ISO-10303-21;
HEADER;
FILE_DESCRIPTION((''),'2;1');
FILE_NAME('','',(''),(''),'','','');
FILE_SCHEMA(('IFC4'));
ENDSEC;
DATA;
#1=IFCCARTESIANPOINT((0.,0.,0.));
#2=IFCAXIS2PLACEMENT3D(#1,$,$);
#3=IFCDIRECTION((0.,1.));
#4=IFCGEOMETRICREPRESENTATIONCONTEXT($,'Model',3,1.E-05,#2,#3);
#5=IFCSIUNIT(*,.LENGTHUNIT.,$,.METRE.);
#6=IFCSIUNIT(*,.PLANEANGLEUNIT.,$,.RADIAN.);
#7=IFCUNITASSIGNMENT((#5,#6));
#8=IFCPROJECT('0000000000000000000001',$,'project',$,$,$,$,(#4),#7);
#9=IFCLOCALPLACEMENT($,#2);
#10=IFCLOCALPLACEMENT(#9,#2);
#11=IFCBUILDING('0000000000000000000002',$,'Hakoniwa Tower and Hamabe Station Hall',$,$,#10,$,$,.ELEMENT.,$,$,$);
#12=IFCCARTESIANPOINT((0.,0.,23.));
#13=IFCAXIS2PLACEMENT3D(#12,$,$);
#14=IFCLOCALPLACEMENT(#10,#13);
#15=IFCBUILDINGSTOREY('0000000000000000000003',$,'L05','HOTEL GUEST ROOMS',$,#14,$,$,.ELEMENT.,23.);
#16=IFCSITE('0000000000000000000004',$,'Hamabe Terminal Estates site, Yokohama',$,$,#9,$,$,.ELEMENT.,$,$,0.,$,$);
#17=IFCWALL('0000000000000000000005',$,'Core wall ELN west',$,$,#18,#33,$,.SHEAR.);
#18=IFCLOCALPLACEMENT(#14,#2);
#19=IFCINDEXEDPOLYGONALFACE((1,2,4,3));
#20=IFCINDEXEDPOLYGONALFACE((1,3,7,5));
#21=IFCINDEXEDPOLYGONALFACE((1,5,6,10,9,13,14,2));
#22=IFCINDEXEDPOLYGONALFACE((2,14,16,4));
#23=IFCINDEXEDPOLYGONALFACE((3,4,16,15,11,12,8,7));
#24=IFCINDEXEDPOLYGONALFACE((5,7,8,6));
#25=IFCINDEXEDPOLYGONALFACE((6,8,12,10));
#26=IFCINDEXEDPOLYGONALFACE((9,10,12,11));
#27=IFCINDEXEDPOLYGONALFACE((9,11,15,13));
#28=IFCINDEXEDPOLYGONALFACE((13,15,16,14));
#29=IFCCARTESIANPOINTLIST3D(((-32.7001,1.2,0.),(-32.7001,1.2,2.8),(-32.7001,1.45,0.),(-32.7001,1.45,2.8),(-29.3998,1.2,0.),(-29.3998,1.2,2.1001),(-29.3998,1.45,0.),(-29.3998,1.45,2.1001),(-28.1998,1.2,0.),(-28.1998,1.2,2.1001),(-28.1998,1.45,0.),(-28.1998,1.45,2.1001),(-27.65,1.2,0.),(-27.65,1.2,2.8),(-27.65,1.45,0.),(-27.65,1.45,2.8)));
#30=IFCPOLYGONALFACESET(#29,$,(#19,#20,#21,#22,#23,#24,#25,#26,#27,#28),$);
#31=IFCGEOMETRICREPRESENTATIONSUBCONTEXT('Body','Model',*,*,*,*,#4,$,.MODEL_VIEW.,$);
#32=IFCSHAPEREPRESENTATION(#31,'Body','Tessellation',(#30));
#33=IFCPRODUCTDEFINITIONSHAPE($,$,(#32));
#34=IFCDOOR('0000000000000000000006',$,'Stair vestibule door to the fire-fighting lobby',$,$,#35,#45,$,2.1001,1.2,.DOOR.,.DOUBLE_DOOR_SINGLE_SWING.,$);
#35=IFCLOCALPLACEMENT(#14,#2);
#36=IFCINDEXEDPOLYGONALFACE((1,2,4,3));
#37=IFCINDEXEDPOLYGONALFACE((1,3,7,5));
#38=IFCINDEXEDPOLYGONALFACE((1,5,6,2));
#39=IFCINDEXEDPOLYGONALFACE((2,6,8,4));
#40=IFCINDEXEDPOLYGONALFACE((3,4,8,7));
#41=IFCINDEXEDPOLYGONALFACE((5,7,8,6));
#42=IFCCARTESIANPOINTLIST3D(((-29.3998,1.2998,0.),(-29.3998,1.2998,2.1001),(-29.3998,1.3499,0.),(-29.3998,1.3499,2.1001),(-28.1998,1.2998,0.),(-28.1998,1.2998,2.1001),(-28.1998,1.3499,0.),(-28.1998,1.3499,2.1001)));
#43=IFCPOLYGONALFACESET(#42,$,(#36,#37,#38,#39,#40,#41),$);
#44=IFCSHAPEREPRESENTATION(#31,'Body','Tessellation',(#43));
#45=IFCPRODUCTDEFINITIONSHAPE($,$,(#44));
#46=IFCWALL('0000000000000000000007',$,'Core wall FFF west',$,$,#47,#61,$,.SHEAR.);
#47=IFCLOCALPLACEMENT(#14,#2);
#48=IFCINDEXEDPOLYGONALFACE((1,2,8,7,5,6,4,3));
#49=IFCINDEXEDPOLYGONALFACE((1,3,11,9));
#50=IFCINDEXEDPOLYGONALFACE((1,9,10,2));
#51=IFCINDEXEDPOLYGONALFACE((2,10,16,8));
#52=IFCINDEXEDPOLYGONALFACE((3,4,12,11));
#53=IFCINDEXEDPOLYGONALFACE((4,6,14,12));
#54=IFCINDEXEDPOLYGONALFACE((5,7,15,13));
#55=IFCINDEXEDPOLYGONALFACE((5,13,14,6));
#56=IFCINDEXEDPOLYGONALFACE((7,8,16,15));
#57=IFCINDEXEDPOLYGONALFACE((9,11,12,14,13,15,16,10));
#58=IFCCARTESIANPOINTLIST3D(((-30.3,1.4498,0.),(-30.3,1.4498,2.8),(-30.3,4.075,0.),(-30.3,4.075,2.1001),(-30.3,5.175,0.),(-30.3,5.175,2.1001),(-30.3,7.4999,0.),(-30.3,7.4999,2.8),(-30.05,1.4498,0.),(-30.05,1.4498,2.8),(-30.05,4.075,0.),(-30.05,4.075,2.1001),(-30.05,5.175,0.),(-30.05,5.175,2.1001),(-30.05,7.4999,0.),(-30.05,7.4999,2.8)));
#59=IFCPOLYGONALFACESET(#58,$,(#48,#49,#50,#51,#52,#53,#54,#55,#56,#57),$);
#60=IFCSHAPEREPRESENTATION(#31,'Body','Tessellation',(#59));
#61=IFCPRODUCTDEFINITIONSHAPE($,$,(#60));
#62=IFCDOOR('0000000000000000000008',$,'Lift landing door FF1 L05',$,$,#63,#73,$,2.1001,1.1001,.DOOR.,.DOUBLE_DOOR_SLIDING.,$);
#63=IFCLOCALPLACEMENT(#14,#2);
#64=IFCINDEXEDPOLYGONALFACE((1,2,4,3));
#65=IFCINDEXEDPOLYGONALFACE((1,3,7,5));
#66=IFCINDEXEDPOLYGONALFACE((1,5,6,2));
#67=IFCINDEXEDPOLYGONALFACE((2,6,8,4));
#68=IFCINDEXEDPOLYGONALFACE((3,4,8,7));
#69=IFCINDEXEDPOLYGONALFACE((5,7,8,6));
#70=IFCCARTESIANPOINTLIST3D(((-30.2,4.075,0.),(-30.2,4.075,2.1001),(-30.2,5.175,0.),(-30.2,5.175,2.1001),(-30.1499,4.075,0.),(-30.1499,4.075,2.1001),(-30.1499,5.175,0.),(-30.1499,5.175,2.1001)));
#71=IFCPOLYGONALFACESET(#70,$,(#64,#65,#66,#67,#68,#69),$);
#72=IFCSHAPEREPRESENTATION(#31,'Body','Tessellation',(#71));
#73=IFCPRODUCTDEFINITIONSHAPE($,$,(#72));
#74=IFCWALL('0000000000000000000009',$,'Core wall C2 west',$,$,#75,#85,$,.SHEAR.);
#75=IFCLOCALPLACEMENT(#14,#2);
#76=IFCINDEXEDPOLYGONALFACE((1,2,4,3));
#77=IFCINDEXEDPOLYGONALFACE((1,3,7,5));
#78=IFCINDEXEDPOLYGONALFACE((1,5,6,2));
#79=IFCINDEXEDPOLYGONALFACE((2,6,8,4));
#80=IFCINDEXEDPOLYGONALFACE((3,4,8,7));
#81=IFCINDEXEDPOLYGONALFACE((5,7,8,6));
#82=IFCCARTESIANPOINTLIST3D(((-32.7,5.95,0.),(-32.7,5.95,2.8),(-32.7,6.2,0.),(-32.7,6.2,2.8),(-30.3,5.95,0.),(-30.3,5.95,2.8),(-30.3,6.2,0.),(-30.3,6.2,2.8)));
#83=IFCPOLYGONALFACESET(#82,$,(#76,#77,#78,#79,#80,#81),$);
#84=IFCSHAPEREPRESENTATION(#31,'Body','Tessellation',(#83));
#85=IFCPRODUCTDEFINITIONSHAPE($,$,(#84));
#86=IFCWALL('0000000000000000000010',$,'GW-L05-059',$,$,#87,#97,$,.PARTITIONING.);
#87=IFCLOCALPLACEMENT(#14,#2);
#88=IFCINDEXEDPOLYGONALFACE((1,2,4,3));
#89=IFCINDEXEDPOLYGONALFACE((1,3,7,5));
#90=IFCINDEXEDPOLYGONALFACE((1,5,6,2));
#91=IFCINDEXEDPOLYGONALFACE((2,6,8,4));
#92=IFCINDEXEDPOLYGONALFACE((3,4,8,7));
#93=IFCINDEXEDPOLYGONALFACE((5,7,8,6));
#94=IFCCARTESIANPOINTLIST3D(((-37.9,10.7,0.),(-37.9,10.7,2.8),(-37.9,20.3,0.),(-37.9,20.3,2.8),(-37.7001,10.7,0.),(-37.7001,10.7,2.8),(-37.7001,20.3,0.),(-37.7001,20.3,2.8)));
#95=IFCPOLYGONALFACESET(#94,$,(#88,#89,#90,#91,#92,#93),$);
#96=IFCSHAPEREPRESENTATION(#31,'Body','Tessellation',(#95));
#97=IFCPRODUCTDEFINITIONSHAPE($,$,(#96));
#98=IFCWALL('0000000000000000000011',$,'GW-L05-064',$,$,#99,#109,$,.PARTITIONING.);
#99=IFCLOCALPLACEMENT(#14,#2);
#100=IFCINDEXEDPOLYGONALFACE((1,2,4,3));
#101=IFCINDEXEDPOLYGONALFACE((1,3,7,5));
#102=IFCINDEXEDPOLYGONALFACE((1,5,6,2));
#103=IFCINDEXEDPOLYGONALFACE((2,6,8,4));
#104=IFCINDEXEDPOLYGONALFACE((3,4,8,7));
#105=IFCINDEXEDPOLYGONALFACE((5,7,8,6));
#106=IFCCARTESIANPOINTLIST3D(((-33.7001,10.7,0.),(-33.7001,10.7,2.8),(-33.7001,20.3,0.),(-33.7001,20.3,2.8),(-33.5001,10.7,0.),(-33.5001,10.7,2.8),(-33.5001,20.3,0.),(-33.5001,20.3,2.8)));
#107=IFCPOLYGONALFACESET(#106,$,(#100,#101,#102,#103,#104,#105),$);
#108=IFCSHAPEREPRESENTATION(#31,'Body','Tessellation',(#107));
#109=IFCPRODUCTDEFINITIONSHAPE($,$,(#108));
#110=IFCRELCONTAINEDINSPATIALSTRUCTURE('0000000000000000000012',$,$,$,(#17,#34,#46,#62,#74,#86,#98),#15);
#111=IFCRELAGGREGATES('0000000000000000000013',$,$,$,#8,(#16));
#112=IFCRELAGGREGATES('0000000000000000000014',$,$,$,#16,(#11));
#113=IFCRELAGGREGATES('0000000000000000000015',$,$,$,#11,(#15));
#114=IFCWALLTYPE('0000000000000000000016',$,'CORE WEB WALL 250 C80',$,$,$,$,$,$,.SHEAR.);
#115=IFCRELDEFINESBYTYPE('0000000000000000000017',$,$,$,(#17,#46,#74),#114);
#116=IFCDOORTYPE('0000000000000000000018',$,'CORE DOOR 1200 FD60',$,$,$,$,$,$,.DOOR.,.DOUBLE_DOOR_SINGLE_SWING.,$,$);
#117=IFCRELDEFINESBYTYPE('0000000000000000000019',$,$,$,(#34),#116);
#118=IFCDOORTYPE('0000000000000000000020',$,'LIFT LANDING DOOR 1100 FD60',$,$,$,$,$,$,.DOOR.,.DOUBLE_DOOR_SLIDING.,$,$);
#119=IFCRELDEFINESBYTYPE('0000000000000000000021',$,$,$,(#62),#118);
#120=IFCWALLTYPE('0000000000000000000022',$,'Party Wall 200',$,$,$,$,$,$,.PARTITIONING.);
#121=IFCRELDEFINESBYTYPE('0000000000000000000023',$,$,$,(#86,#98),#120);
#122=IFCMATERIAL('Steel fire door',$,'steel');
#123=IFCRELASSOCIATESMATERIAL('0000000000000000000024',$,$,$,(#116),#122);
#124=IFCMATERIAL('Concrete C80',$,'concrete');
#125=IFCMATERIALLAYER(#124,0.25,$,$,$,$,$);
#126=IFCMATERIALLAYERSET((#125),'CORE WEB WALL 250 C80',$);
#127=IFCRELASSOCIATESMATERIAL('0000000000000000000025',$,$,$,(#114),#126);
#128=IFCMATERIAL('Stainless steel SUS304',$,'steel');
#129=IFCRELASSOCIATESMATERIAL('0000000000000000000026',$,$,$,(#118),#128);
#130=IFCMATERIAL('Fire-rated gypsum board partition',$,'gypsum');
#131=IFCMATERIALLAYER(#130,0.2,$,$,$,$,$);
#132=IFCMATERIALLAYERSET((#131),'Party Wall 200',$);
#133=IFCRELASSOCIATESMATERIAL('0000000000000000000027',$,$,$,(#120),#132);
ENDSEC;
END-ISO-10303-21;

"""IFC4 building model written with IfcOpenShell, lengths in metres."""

from ifc_helpers import new_model, si_unit, direction, frame, frame_2d, origin, place, context, subcontext, project, spatial, rectangle, extrude, material, layer, layer_set, type_object, element, fill, save


model = new_model("IFC4")

# Units and contexts
model_context = context("Model", 3, precision=1e-05, world=origin(), true_north=direction((0.0, 1.0)))
body_context = subcontext(model_context, "Body", "Model", "MODEL_VIEW")
ifc_project = project(units=[si_unit("LENGTHUNIT", "METRE"), si_unit("PLANEANGLEUNIT", "RADIAN")], contexts=[model_context])

# Site, building, storey
site_placement = place(None, origin())
site = spatial("IfcSite", under=ifc_project, at=site_placement, Name="Hamabe Terminal Estates site, Yokohama", CompositionType="ELEMENT", RefElevation=0.0)
building_placement = place(site_placement, origin())
building = spatial("IfcBuilding", under=site, at=building_placement, Name="Hakoniwa Tower and Hamabe Station Hall", CompositionType="ELEMENT")
storey_placement = place(building_placement, frame((0.0, 0.0, 23.0)))
storey = spatial("IfcBuildingStorey", under=building, at=storey_placement, Name="L05", Description="HOTEL GUEST ROOMS", CompositionType="ELEMENT", Elevation=23.0)

# Shared definitions
ifc_material_1 = material(Name="Steel fire door", Category="steel")
door_type_1 = type_object("IfcDoorType", Name="CORE DOOR 1200 FD60", OperationType="DOUBLE_DOOR_SINGLE_SWING", PredefinedType="DOOR", material=ifc_material_1)

# Walls, openings, doors
ifc_material_2 = material(Name="Concrete C80", Category="concrete")
ifc_layer_1 = layer(ifc_material_2, 0.25)
ifc_layer_set_1 = layer_set([ifc_layer_1], Name="CORE WEB WALL 250 C80")
wall_type_1 = type_object("IfcWallType", Name="CORE WEB WALL 250 C80", PredefinedType="SHEAR", material=ifc_layer_set_1)
wall_1_placement = place(storey_placement, frame((-32.7, 1.325, 0.0), z_axis=(0.0, 0.0, 1.0), x_axis=(1.0, 0.0, 0.0)))
wall_1 = element("IfcWall", 1, at=wall_1_placement, inside=storey, type_object=wall_type_1, Name="Core wall ELN west", PredefinedType="SHEAR", context=body_context, shape_type="SweptSolid", body=[
    extrude(rectangle(XDim=5.05, YDim=0.25, at=frame_2d((2.5249, 0.0))), origin(), (0.0, 0.0, 1.0), 2.8),
])
opening_1_placement = place(wall_1_placement, frame((3.3, 0.0, 0.0)))
opening_1 = element("IfcOpeningElement", 2, at=opening_1_placement, cuts=wall_1, PredefinedType="OPENING", context=body_context, shape_type="SweptSolid", body=[
    extrude(rectangle(XDim=1.2, YDim=2.1001, at=frame_2d((0.6001, 1.05))), frame((0.0, 0.135, 0.0), z_axis=(0.0, -1.0, 0.0), x_axis=(1.0, 0.0, 0.0)), (0.0, 0.0, 1.0), 0.27),
])
door_1_placement = place(opening_1_placement, origin())
door_1 = element("IfcDoor", 3, at=door_1_placement, inside=storey, type_object=door_type_1, Name="Stair vestibule door to the fire-fighting lobby", OperationType="DOUBLE_DOOR_SINGLE_SWING", OverallHeight=2.1001, OverallWidth=1.2, PredefinedType="DOOR", context=body_context, shape_type="SweptSolid", body=[
    extrude(rectangle(XDim=1.2, YDim=2.1001, at=frame_2d((0.6001, 1.05))), frame((0.0, 0.0249, 0.0), z_axis=(0.0, -1.0, 0.0), x_axis=(1.0, 0.0, 0.0)), (0.0, 0.0, 1.0), 0.05),
])
fill(opening_1, door_1)
wall_2_placement = place(storey_placement, frame((-30.175, 1.45, 0.0), z_axis=(0.0, 0.0, 1.0), x_axis=(0.0, 1.0, 0.0)))
wall_2 = element("IfcWall", 4, at=wall_2_placement, inside=storey, type_object=wall_type_1, Name="Core wall FFF west", PredefinedType="SHEAR", context=body_context, shape_type="SweptSolid", body=[
    extrude(rectangle(XDim=6.05, YDim=0.25, at=frame_2d((3.0249, 0.0))), origin(), (0.0, 0.0, 1.0), 2.8),
])
opening_2_placement = place(wall_2_placement, frame((2.625, 0.0, 0.0)))
opening_2 = element("IfcOpeningElement", 5, at=opening_2_placement, cuts=wall_2, PredefinedType="OPENING", context=body_context, shape_type="SweptSolid", body=[
    extrude(rectangle(XDim=1.1001, YDim=2.1001, at=frame_2d((0.55, 1.05))), frame((0.0, 0.135, 0.0), z_axis=(0.0, -1.0, 0.0), x_axis=(1.0, 0.0, 0.0)), (0.0, 0.0, 1.0), 0.27),
])
ifc_material_3 = material(Name="Stainless steel SUS304", Category="steel")
door_type_2 = type_object("IfcDoorType", Name="LIFT LANDING DOOR 1100 FD60", OperationType="DOUBLE_DOOR_SLIDING", PredefinedType="DOOR", material=ifc_material_3)
door_2_placement = place(opening_2_placement, origin())
door_2 = element("IfcDoor", 6, at=door_2_placement, inside=storey, type_object=door_type_2, Name="Lift landing door FF1 L05", OperationType="DOUBLE_DOOR_SLIDING", OverallHeight=2.1001, OverallWidth=1.1001, PredefinedType="DOOR", context=body_context, shape_type="SweptSolid", body=[
    extrude(rectangle(XDim=1.1001, YDim=2.1001, at=frame_2d((0.55, 1.05))), frame((0.0, 0.0249, 0.0), z_axis=(0.0, -1.0, 0.0), x_axis=(1.0, 0.0, 0.0)), (0.0, 0.0, 1.0), 0.05),
])
fill(opening_2, door_2)

# Walls
wall_3_placement = place(storey_placement, frame((-32.7, 6.075, 0.0), z_axis=(0.0, 0.0, 1.0), x_axis=(1.0, 0.0, 0.0)))
element("IfcWall", 7, at=wall_3_placement, inside=storey, type_object=wall_type_1, Name="Core wall C2 west", PredefinedType="SHEAR", context=body_context, shape_type="SweptSolid", body=[
    extrude(rectangle(XDim=2.3999, YDim=0.25, at=frame_2d((1.2, 0.0))), origin(), (0.0, 0.0, 1.0), 2.8),
])
ifc_material_4 = material(Name="Fire-rated gypsum board partition", Category="gypsum")
ifc_layer_2 = layer(ifc_material_4, 0.2)
ifc_layer_set_2 = layer_set([ifc_layer_2], Name="Party Wall 200")
wall_type_2 = type_object("IfcWallType", Name="Party Wall 200", PredefinedType="PARTITIONING", material=ifc_layer_set_2)
for number, where, z_axis, x_axis, name in (
    (8, (-37.8, 10.7, 0.0), (0.0, 0.0, 1.0), (0.0, 1.0, 0.0), "GW-L05-059"),
    (9, (-33.6001, 10.7, 0.0), (0.0, 0.0, 1.0), (0.0, 1.0, 0.0), "GW-L05-064"),
):
    element("IfcWall", number, at=place(storey_placement, frame(where, z_axis=z_axis, x_axis=x_axis)), inside=storey, type_object=wall_type_2, Name=name, PredefinedType="PARTITIONING", context=body_context, shape_type="SweptSolid", body=[
        extrude(rectangle(XDim=9.6001, YDim=0.2, at=frame_2d((4.8, 0.0))), origin(), (0.0, 0.0, 1.0), 2.8),
    ])

save(model, "model.ifc")
